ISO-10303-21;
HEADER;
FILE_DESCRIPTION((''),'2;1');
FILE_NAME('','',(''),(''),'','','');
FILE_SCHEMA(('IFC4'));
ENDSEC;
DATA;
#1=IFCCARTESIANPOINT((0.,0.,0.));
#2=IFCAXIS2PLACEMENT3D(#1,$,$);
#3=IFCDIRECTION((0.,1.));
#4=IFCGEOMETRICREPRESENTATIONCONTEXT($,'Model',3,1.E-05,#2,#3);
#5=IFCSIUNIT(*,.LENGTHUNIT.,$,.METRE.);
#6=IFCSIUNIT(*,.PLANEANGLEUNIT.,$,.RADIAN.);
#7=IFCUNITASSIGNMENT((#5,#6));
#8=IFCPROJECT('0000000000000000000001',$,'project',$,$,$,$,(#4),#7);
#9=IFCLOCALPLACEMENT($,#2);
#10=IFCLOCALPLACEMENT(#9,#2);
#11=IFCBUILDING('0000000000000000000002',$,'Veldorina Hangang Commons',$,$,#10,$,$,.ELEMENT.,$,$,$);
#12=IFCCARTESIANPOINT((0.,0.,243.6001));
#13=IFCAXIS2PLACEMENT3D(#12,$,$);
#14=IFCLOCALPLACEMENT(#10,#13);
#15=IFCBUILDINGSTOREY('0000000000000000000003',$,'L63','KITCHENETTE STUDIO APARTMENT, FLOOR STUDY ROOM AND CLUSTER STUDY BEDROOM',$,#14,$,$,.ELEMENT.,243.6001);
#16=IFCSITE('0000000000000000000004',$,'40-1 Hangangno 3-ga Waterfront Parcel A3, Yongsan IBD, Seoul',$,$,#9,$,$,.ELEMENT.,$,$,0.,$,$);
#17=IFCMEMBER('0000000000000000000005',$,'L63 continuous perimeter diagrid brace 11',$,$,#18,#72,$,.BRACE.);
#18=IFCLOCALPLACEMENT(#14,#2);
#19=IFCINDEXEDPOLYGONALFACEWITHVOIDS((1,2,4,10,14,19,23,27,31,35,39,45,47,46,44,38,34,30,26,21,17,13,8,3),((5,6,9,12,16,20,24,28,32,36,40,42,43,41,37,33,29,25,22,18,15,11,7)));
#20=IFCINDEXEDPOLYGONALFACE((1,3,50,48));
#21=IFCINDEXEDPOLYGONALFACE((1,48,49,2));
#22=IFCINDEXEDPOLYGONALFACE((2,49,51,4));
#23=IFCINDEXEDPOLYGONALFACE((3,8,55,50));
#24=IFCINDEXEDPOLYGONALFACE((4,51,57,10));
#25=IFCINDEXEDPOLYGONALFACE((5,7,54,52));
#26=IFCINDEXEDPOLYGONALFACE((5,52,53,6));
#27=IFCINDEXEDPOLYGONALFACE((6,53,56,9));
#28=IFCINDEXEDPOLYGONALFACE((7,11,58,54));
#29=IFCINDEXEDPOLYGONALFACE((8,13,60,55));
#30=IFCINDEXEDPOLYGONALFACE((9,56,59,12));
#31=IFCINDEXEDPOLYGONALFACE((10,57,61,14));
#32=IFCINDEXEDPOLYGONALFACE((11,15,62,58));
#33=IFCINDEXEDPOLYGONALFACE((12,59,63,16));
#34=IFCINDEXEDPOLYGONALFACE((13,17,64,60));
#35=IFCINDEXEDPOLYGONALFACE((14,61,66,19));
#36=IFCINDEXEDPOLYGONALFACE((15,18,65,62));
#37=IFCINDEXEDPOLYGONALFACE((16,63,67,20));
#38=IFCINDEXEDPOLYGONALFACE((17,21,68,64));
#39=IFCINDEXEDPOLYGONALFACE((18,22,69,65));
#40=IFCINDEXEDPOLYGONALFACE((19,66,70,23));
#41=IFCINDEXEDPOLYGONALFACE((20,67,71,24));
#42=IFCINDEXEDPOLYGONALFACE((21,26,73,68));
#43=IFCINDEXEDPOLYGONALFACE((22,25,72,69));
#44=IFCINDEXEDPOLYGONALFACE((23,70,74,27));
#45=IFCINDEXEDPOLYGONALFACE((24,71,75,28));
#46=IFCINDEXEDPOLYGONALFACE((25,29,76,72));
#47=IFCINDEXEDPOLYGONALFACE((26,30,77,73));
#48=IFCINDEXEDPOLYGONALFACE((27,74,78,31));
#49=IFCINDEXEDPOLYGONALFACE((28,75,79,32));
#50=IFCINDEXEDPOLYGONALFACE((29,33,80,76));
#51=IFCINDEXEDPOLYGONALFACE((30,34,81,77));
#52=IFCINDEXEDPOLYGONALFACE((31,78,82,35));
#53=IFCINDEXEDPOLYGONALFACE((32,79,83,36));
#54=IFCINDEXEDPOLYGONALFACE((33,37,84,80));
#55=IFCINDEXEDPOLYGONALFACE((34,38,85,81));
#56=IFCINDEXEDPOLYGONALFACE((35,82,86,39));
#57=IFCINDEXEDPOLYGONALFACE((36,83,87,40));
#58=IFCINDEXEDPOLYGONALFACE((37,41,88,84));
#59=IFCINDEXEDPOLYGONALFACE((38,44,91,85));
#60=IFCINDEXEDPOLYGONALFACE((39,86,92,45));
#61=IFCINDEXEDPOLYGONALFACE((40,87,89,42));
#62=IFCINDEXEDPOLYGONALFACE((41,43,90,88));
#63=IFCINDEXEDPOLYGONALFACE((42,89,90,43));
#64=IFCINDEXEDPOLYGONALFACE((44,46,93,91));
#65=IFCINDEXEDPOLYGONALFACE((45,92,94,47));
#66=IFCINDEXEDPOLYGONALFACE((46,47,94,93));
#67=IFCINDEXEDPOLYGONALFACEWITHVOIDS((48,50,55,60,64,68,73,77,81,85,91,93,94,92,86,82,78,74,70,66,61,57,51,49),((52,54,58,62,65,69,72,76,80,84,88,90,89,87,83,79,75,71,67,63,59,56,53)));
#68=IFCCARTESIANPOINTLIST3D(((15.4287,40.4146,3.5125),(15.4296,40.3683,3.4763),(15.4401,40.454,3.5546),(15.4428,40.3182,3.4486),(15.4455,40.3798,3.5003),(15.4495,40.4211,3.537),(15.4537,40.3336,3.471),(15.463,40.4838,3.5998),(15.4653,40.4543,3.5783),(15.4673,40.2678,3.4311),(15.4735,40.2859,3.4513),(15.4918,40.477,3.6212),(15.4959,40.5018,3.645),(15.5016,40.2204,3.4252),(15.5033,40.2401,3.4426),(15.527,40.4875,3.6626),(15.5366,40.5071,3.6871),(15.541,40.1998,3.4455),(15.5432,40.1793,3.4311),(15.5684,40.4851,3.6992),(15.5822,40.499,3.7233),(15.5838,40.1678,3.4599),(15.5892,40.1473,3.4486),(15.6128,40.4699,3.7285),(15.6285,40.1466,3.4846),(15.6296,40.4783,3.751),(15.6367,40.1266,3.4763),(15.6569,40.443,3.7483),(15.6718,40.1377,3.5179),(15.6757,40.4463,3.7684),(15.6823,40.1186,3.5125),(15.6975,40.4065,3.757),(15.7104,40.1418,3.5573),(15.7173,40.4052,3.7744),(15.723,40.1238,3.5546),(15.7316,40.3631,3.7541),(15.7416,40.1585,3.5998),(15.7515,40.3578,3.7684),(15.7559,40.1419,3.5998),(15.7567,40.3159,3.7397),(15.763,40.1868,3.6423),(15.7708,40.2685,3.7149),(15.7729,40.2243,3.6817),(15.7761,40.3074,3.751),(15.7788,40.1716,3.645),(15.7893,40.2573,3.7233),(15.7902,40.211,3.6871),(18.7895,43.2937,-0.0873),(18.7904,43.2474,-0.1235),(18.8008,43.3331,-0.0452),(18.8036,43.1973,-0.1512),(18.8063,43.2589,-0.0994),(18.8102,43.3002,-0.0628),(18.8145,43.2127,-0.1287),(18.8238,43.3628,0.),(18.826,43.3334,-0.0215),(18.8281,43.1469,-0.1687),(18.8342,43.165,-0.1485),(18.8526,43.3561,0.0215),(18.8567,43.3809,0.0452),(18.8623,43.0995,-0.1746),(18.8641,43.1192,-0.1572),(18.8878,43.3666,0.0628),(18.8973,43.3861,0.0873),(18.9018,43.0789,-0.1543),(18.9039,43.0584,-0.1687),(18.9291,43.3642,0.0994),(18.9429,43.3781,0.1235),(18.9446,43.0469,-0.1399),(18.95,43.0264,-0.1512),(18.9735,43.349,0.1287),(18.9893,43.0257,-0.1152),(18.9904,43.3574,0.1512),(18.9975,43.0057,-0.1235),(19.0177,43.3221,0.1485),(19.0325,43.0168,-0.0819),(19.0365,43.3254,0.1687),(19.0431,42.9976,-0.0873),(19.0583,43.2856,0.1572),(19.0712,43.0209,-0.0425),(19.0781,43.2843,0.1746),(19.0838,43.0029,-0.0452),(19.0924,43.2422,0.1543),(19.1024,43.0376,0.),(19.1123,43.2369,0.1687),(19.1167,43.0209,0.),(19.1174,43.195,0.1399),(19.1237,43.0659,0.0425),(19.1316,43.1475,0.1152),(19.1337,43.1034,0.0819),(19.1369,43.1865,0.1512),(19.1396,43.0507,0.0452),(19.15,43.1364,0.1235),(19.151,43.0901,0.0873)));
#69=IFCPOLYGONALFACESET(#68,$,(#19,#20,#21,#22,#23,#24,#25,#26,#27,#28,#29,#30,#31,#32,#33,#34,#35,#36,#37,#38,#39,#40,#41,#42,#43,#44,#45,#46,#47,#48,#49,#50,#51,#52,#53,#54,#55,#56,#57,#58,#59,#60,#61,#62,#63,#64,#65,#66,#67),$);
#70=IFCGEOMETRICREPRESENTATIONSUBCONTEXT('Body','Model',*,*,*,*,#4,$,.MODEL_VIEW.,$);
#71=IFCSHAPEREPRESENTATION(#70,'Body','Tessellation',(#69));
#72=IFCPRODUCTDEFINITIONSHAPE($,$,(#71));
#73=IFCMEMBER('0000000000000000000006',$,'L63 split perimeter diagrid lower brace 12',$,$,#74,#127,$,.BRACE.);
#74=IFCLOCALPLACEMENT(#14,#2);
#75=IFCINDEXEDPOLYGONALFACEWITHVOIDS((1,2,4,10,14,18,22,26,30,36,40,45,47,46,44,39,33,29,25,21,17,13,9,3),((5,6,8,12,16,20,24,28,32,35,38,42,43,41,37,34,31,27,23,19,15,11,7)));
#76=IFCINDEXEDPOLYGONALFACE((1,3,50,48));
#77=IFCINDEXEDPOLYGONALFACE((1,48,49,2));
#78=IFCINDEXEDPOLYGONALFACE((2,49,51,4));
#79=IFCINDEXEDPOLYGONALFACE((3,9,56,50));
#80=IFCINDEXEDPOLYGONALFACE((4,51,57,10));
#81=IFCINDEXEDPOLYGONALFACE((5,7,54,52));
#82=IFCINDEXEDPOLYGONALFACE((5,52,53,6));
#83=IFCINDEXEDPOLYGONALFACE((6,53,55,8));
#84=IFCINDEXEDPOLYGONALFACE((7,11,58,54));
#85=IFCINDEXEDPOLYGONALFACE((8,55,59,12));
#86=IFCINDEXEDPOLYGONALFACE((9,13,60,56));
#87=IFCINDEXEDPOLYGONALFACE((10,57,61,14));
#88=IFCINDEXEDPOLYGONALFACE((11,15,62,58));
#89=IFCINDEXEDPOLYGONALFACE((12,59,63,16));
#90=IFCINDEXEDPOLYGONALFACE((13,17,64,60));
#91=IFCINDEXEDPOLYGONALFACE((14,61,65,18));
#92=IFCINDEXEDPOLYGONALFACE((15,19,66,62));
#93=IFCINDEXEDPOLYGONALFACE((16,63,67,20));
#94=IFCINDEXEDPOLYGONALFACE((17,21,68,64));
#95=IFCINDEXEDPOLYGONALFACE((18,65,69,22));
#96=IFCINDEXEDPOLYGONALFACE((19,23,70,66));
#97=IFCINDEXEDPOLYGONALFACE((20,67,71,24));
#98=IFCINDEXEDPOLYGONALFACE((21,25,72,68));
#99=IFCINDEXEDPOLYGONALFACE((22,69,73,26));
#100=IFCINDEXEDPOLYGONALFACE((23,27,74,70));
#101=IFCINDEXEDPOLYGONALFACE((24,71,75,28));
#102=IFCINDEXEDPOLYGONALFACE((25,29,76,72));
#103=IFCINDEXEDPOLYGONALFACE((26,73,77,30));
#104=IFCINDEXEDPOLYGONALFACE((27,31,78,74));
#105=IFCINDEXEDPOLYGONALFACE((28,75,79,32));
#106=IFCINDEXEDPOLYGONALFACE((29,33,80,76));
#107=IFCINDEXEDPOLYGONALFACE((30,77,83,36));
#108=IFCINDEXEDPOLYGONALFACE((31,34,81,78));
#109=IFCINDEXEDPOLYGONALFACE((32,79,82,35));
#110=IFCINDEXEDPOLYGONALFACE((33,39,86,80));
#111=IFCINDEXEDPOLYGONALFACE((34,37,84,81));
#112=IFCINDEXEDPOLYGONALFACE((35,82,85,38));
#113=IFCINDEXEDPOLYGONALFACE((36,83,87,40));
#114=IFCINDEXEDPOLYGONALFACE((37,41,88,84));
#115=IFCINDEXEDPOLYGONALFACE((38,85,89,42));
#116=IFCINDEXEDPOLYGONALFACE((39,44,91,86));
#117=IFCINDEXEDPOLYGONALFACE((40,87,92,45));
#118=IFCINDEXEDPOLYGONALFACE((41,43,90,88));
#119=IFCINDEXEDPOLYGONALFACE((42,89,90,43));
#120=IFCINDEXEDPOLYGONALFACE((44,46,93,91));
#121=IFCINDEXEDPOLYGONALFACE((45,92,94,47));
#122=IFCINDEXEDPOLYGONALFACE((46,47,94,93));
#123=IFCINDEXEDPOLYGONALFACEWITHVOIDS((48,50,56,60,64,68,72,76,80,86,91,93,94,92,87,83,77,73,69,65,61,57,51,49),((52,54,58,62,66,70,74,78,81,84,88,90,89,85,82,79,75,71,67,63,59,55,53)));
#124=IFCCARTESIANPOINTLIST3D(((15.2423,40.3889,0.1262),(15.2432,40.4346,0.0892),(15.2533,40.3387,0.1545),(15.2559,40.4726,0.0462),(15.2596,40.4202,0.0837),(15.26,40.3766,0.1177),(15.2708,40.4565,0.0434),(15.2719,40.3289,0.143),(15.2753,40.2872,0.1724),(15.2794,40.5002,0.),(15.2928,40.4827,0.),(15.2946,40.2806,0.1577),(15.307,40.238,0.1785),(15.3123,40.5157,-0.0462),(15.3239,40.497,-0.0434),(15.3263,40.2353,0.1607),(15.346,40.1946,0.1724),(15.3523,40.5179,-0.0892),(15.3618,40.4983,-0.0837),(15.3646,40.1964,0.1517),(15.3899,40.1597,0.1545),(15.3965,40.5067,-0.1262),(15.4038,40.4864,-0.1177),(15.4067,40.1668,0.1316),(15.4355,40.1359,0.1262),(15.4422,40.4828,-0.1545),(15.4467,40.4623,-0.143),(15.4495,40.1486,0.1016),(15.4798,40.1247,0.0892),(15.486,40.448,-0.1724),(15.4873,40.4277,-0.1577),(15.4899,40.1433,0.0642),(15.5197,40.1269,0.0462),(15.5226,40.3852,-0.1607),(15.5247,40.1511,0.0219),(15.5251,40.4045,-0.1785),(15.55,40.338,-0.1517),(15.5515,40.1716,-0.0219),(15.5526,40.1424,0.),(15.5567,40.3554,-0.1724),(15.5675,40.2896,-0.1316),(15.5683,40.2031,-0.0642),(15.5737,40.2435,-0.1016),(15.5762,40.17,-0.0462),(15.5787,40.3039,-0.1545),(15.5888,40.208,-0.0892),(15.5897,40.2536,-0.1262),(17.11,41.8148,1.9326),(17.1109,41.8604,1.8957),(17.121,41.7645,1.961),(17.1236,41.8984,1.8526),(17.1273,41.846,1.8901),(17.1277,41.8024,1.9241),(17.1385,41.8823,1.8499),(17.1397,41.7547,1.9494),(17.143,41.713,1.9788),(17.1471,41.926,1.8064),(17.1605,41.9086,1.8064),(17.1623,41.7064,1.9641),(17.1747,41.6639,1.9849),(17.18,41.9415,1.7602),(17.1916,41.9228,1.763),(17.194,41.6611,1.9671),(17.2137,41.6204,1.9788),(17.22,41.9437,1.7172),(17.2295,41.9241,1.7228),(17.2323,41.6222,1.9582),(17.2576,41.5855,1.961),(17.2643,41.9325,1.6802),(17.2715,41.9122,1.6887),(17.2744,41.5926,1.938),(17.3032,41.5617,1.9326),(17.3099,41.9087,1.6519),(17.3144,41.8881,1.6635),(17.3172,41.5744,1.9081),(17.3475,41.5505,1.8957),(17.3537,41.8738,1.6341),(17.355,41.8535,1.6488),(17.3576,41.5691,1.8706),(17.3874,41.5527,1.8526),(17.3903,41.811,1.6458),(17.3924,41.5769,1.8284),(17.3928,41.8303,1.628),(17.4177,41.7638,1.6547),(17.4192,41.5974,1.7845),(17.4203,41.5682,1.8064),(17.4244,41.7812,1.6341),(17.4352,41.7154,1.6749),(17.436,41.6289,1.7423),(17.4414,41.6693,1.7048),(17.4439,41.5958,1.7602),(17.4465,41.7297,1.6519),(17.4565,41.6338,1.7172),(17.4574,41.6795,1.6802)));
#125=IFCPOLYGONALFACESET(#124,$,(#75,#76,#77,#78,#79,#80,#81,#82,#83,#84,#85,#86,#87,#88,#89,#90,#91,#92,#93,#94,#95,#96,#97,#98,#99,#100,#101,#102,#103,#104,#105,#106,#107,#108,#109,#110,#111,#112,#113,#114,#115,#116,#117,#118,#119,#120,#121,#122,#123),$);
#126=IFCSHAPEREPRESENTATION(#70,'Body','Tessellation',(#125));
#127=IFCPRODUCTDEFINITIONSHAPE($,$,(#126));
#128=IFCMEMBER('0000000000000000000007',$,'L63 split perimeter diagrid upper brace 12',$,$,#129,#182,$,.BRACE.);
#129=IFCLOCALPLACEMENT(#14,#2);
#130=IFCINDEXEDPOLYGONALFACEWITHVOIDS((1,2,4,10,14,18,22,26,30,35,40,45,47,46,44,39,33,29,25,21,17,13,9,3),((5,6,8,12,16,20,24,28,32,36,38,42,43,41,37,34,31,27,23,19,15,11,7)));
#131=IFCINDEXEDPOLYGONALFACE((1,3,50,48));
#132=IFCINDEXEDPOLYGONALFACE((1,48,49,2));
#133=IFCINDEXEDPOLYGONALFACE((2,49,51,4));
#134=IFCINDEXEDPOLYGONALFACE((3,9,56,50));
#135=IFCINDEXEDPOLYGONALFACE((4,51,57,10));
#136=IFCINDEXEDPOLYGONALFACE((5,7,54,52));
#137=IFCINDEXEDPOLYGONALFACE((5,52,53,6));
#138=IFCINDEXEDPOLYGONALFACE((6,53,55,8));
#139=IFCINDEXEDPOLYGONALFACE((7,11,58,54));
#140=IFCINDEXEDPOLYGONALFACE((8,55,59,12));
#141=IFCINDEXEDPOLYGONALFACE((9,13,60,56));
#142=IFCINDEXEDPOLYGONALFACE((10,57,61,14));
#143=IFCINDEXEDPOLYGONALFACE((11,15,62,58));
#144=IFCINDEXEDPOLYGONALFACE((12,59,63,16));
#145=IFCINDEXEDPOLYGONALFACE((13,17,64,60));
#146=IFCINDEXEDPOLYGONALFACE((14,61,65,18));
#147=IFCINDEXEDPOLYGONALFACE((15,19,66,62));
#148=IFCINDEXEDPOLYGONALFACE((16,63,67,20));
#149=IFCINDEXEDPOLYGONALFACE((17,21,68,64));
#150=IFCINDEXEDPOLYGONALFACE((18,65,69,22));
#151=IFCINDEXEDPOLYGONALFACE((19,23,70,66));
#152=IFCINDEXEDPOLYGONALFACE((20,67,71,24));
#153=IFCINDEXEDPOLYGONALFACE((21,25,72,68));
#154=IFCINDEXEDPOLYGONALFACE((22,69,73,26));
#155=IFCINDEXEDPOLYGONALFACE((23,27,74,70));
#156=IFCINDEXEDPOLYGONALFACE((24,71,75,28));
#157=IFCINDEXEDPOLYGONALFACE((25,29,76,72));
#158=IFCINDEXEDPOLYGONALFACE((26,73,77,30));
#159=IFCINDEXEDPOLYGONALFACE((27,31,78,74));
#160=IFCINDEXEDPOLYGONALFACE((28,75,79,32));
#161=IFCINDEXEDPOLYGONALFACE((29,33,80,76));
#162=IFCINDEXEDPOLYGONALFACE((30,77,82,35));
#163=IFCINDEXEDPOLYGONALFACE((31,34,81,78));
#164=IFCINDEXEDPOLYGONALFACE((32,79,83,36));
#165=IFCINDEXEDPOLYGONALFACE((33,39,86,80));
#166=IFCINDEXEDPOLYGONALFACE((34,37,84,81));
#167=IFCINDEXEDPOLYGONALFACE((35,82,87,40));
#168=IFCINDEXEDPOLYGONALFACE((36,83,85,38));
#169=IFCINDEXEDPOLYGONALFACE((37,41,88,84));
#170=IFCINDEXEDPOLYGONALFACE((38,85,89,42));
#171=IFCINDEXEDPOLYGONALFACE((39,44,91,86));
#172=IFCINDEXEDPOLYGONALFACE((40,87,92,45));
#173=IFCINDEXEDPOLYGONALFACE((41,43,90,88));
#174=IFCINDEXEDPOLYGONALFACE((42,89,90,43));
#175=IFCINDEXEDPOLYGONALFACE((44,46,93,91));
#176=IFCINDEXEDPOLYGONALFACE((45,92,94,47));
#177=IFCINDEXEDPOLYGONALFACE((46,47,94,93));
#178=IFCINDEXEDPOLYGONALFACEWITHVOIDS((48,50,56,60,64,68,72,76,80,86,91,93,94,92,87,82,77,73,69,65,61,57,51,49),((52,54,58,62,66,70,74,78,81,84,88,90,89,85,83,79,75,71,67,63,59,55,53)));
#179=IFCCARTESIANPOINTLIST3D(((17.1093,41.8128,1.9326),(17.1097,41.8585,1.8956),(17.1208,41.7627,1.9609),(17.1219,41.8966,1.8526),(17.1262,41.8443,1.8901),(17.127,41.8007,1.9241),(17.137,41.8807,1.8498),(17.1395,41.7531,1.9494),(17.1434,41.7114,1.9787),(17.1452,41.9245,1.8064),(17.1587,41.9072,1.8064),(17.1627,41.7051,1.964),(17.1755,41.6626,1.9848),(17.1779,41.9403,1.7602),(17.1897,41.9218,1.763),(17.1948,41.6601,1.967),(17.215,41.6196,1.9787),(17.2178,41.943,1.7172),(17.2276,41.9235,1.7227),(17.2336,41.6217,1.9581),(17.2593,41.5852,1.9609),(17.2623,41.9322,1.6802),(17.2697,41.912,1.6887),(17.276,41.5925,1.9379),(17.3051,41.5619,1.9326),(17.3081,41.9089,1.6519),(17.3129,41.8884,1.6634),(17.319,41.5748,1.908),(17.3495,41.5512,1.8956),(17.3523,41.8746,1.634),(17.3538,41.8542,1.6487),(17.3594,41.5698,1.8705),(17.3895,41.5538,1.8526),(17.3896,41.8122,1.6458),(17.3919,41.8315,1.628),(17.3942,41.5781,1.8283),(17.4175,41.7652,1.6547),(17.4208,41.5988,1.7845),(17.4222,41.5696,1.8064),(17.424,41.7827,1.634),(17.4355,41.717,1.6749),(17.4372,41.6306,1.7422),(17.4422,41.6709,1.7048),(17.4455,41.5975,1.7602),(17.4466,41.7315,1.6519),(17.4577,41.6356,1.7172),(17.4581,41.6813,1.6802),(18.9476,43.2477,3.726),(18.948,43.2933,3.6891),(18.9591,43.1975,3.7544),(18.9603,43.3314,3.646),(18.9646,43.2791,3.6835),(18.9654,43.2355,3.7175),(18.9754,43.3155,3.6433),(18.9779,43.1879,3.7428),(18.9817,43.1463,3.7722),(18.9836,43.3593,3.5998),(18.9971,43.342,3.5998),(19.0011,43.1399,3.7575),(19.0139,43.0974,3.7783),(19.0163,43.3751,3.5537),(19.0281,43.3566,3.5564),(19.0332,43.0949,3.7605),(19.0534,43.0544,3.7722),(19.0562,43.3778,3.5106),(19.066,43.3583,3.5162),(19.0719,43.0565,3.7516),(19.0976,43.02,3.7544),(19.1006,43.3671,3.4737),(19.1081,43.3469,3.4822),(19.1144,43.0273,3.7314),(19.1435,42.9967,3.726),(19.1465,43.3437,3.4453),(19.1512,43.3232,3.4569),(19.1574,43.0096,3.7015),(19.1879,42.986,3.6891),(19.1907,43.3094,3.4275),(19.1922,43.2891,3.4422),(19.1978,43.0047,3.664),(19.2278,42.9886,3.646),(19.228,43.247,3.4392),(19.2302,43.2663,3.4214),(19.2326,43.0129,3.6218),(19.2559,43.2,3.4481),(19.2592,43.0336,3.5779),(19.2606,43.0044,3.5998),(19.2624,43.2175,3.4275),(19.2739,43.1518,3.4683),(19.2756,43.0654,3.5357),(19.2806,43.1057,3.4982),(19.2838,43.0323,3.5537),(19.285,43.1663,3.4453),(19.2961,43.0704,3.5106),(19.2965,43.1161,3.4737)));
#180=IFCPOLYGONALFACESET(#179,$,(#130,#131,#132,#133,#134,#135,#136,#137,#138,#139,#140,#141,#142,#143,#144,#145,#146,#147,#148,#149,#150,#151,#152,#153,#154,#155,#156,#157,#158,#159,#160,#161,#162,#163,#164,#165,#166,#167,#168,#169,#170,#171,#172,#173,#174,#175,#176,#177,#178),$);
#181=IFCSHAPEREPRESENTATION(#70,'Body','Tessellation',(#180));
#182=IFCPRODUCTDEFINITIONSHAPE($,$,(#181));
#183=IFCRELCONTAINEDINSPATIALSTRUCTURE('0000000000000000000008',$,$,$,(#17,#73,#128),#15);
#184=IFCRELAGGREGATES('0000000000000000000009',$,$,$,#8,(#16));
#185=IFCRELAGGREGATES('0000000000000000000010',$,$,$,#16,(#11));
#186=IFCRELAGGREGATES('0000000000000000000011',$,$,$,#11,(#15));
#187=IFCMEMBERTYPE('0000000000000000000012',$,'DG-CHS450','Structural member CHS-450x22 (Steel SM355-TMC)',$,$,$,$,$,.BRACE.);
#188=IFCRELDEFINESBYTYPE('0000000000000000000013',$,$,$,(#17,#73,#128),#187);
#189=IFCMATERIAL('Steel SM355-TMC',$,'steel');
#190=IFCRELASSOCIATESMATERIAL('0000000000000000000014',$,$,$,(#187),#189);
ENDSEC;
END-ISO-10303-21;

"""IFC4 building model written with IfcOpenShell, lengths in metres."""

from ifc_helpers import new_model, si_unit, direction, frame, origin, origin_2d, place, context, subcontext, project, spatial, hollow_circle, extrude, material, material_profile, profile_set, type_object, element, save


model = new_model("IFC4")

# Units and contexts
model_context = context("Model", 3, precision=1e-05, world=origin(), true_north=direction((0.0, 1.0)))
body_context = subcontext(model_context, "Body", "Model", "MODEL_VIEW")
ifc_project = project(units=[si_unit("LENGTHUNIT", "METRE"), si_unit("PLANEANGLEUNIT", "RADIAN")], contexts=[model_context])

# Site, building, storey
site_placement = place(None, origin())
site = spatial("IfcSite", under=ifc_project, at=site_placement, Name="40-1 Hangangno 3-ga Waterfront Parcel A3, Yongsan IBD, Seoul", CompositionType="ELEMENT", RefElevation=0.0)
building_placement = place(site_placement, origin())
building = spatial("IfcBuilding", under=site, at=building_placement, Name="Veldorina Hangang Commons", CompositionType="ELEMENT")
storey_placement = place(building_placement, frame((0.0, 0.0, 243.6001)))
storey = spatial("IfcBuildingStorey", under=building, at=storey_placement, Name="L63", Description="KITCHENETTE STUDIO APARTMENT, FLOOR STUDY ROOM AND CLUSTER STUDY BEDROOM", CompositionType="ELEMENT", Elevation=243.6001)

# Shared definitions
ifc_material_1 = material(Name="Steel SM355-TMC", Category="steel")

# Members
ifc_material_profile_1 = material_profile(ifc_material_1, hollow_circle(Radius=0.2251, WallThickness=0.022, at=origin_2d()), Name="CHS-450x22")
ifc_profile_set_1 = profile_set([ifc_material_profile_1], Name="Steel SM355-TMC")
member_type_1 = type_object("IfcMemberType", Name="DG-CHS450", Description="Structural member CHS-450x22 (Steel SM355-TMC)", PredefinedType="BRACE", material=ifc_profile_set_1)
member_1_placement = place(storey_placement, frame((18.9702, 43.1919, 0.0), z_axis=(-0.589134, -0.504697, 0.631032), x_axis=(0.650587, -0.759432, 0.0)))
element("IfcMember", 1, at=member_1_placement, inside=storey, type_object=member_type_1, Name="L63 continuous perimeter diagrid brace 11", PredefinedType="BRACE", context=body_context, shape_type="SweptSolid", body=[
    extrude(hollow_circle(Radius=0.2251, WallThickness=0.022, at=origin_2d()), origin(), (0.0, 0.0, 1.0), 5.7046),
])
member_2_placement = place(storey_placement, frame((15.416, 40.3213, 0.0), z_axis=(0.630162, 0.481065, 0.609486), x_axis=(-0.606794, 0.794859, 0.0)))
element("IfcMember", 2, at=member_2_placement, inside=storey, type_object=member_type_1, Name="L63 split perimeter diagrid lower brace 12", PredefinedType="BRACE", context=body_context, shape_type="SweptSolid", body=[
    extrude(hollow_circle(Radius=0.2251, WallThickness=0.022, at=origin_2d()), origin(), (0.0, 0.0, 1.0), 2.9639),
])
member_3_placement = place(storey_placement, frame((17.2837, 41.7471, 1.8064), z_axis=(0.624894, 0.487716, 0.609624), x_axis=(-0.615266, 0.788319, 0.0)))
element("IfcMember", 3, at=member_3_placement, inside=storey, type_object=member_type_1, Name="L63 split perimeter diagrid upper brace 12", PredefinedType="BRACE", context=body_context, shape_type="SweptSolid", body=[
    extrude(hollow_circle(Radius=0.2251, WallThickness=0.022, at=origin_2d()), origin(), (0.0, 0.0, 1.0), 2.9419),
])

save(model, "model.ifc")
